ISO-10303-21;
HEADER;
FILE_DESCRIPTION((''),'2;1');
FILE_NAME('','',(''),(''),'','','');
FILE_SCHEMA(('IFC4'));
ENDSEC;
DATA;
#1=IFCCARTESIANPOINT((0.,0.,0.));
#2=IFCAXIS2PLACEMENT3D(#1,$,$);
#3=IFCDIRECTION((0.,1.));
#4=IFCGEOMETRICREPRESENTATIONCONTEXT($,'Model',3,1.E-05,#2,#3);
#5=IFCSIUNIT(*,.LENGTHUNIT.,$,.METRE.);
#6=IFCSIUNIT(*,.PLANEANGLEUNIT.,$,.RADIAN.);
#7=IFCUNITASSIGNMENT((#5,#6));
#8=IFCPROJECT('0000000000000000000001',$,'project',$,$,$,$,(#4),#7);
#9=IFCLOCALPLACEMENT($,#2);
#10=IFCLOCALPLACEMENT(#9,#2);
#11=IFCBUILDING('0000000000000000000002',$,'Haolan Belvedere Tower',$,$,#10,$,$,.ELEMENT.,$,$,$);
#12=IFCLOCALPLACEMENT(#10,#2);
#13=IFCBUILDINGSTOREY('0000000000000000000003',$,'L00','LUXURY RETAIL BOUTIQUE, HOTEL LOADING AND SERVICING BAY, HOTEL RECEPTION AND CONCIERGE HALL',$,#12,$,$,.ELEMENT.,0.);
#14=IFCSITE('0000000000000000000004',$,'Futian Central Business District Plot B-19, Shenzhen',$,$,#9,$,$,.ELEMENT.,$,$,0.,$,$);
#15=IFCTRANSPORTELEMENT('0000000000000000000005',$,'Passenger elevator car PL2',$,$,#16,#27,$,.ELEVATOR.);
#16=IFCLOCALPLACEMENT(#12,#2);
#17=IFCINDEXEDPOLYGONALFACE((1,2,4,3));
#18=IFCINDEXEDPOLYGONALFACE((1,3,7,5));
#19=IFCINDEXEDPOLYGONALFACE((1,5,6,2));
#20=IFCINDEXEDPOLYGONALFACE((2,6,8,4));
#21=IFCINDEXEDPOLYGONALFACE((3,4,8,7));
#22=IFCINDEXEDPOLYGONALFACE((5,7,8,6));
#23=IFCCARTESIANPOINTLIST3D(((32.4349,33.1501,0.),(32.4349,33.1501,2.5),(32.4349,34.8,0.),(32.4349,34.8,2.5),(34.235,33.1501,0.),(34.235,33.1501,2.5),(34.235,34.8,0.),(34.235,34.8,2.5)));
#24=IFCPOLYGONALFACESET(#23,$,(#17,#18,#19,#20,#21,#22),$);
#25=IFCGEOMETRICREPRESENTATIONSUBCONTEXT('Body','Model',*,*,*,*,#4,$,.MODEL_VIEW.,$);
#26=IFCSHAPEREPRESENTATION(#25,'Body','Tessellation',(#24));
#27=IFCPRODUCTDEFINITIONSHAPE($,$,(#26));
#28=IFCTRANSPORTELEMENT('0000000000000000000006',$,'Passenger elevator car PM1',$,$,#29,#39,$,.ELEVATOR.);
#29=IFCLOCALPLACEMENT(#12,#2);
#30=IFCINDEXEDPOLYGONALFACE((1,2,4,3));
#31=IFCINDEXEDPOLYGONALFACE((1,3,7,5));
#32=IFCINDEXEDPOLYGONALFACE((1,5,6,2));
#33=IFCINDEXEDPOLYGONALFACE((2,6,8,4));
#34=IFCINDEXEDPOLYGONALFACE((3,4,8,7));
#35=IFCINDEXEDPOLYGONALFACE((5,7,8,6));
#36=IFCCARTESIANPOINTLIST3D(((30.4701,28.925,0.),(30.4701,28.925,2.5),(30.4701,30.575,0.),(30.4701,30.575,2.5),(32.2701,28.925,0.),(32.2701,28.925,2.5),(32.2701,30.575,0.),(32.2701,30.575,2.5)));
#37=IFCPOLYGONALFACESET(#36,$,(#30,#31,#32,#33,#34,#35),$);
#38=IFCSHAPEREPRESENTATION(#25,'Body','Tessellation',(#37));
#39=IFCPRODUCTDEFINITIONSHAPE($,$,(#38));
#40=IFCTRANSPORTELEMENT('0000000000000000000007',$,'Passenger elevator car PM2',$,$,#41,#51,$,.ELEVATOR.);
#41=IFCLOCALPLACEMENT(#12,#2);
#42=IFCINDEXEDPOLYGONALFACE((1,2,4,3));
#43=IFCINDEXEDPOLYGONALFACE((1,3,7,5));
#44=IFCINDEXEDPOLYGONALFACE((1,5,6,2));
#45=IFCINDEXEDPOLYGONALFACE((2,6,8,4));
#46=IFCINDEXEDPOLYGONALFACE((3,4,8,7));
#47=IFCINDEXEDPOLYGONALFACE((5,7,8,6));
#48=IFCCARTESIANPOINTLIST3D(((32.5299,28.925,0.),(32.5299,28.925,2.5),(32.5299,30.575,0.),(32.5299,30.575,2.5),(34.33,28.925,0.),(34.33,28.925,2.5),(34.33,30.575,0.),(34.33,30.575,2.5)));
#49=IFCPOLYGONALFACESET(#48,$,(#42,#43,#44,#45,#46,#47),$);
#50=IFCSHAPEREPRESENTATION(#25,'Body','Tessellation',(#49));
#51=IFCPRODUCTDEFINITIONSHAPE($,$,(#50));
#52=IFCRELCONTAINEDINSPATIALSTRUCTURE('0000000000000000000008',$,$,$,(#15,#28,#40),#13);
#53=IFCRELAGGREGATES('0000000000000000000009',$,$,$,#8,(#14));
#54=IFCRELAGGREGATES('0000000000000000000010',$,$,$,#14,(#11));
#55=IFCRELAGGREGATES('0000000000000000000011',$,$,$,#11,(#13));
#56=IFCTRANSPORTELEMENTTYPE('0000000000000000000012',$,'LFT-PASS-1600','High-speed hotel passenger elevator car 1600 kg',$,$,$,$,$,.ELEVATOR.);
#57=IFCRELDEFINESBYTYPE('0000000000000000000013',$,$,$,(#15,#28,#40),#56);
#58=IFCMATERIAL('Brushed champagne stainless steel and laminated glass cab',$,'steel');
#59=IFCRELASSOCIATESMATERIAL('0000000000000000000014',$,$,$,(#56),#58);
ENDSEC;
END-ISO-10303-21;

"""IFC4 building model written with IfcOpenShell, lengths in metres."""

from ifc_helpers import new_model, si_unit, direction, frame, origin, origin_2d, place, context, subcontext, project, spatial, rectangle, extrude, material, type_object, element, save


model = new_model("IFC4")

# Units and contexts
model_context = context("Model", 3, precision=1e-05, world=origin(), true_north=direction((0.0, 1.0)))
body_context = subcontext(model_context, "Body", "Model", "MODEL_VIEW")
ifc_project = project(units=[si_unit("LENGTHUNIT", "METRE"), si_unit("PLANEANGLEUNIT", "RADIAN")], contexts=[model_context])

# Site, building, storey
site_placement = place(None, origin())
site = spatial("IfcSite", under=ifc_project, at=site_placement, Name="Futian Central Business District Plot B-19, Shenzhen", CompositionType="ELEMENT", RefElevation=0.0)
building_placement = place(site_placement, origin())
building = spatial("IfcBuilding", under=site, at=building_placement, Name="Haolan Belvedere Tower", CompositionType="ELEMENT")
storey_placement = place(building_placement, origin())
storey = spatial("IfcBuildingStorey", under=building, at=storey_placement, Name="L00", Description="LUXURY RETAIL BOUTIQUE, HOTEL LOADING AND SERVICING BAY, HOTEL RECEPTION AND CONCIERGE HALL", CompositionType="ELEMENT", Elevation=0.0)

# Transport elements
ifc_material_1 = material(Name="Brushed champagne stainless steel and laminated glass cab", Category="steel")
transport_element_type = type_object("IfcTransportElementType", Name="LFT-PASS-1600", Description="High-speed hotel passenger elevator car 1600 kg", PredefinedType="ELEVATOR", material=ifc_material_1)
for number, where, z_axis, x_axis, name in (
    (1, (33.335, 33.9751, 0.0), (0.0, 0.0, 1.0), (1.0, 0.0, 0.0), "Passenger elevator car PL2"),
    (2, (31.3701, 29.75, 0.0), (0.0, 0.0, 1.0), (1.0, 0.0, 0.0), "Passenger elevator car PM1"),
    (3, (33.4299, 29.75, 0.0), (0.0, 0.0, 1.0), (1.0, 0.0, 0.0), "Passenger elevator car PM2"),
):
    element("IfcTransportElement", number, at=place(storey_placement, frame(where, z_axis=z_axis, x_axis=x_axis)), inside=storey, type_object=transport_element_type, Name=name, PredefinedType="ELEVATOR", context=body_context, shape_type="SweptSolid", body=[
        extrude(rectangle(XDim=1.8, YDim=1.6499, at=origin_2d()), origin(), (0.0, 0.0, 1.0), 2.5),
    ])

save(model, "model.ifc")
